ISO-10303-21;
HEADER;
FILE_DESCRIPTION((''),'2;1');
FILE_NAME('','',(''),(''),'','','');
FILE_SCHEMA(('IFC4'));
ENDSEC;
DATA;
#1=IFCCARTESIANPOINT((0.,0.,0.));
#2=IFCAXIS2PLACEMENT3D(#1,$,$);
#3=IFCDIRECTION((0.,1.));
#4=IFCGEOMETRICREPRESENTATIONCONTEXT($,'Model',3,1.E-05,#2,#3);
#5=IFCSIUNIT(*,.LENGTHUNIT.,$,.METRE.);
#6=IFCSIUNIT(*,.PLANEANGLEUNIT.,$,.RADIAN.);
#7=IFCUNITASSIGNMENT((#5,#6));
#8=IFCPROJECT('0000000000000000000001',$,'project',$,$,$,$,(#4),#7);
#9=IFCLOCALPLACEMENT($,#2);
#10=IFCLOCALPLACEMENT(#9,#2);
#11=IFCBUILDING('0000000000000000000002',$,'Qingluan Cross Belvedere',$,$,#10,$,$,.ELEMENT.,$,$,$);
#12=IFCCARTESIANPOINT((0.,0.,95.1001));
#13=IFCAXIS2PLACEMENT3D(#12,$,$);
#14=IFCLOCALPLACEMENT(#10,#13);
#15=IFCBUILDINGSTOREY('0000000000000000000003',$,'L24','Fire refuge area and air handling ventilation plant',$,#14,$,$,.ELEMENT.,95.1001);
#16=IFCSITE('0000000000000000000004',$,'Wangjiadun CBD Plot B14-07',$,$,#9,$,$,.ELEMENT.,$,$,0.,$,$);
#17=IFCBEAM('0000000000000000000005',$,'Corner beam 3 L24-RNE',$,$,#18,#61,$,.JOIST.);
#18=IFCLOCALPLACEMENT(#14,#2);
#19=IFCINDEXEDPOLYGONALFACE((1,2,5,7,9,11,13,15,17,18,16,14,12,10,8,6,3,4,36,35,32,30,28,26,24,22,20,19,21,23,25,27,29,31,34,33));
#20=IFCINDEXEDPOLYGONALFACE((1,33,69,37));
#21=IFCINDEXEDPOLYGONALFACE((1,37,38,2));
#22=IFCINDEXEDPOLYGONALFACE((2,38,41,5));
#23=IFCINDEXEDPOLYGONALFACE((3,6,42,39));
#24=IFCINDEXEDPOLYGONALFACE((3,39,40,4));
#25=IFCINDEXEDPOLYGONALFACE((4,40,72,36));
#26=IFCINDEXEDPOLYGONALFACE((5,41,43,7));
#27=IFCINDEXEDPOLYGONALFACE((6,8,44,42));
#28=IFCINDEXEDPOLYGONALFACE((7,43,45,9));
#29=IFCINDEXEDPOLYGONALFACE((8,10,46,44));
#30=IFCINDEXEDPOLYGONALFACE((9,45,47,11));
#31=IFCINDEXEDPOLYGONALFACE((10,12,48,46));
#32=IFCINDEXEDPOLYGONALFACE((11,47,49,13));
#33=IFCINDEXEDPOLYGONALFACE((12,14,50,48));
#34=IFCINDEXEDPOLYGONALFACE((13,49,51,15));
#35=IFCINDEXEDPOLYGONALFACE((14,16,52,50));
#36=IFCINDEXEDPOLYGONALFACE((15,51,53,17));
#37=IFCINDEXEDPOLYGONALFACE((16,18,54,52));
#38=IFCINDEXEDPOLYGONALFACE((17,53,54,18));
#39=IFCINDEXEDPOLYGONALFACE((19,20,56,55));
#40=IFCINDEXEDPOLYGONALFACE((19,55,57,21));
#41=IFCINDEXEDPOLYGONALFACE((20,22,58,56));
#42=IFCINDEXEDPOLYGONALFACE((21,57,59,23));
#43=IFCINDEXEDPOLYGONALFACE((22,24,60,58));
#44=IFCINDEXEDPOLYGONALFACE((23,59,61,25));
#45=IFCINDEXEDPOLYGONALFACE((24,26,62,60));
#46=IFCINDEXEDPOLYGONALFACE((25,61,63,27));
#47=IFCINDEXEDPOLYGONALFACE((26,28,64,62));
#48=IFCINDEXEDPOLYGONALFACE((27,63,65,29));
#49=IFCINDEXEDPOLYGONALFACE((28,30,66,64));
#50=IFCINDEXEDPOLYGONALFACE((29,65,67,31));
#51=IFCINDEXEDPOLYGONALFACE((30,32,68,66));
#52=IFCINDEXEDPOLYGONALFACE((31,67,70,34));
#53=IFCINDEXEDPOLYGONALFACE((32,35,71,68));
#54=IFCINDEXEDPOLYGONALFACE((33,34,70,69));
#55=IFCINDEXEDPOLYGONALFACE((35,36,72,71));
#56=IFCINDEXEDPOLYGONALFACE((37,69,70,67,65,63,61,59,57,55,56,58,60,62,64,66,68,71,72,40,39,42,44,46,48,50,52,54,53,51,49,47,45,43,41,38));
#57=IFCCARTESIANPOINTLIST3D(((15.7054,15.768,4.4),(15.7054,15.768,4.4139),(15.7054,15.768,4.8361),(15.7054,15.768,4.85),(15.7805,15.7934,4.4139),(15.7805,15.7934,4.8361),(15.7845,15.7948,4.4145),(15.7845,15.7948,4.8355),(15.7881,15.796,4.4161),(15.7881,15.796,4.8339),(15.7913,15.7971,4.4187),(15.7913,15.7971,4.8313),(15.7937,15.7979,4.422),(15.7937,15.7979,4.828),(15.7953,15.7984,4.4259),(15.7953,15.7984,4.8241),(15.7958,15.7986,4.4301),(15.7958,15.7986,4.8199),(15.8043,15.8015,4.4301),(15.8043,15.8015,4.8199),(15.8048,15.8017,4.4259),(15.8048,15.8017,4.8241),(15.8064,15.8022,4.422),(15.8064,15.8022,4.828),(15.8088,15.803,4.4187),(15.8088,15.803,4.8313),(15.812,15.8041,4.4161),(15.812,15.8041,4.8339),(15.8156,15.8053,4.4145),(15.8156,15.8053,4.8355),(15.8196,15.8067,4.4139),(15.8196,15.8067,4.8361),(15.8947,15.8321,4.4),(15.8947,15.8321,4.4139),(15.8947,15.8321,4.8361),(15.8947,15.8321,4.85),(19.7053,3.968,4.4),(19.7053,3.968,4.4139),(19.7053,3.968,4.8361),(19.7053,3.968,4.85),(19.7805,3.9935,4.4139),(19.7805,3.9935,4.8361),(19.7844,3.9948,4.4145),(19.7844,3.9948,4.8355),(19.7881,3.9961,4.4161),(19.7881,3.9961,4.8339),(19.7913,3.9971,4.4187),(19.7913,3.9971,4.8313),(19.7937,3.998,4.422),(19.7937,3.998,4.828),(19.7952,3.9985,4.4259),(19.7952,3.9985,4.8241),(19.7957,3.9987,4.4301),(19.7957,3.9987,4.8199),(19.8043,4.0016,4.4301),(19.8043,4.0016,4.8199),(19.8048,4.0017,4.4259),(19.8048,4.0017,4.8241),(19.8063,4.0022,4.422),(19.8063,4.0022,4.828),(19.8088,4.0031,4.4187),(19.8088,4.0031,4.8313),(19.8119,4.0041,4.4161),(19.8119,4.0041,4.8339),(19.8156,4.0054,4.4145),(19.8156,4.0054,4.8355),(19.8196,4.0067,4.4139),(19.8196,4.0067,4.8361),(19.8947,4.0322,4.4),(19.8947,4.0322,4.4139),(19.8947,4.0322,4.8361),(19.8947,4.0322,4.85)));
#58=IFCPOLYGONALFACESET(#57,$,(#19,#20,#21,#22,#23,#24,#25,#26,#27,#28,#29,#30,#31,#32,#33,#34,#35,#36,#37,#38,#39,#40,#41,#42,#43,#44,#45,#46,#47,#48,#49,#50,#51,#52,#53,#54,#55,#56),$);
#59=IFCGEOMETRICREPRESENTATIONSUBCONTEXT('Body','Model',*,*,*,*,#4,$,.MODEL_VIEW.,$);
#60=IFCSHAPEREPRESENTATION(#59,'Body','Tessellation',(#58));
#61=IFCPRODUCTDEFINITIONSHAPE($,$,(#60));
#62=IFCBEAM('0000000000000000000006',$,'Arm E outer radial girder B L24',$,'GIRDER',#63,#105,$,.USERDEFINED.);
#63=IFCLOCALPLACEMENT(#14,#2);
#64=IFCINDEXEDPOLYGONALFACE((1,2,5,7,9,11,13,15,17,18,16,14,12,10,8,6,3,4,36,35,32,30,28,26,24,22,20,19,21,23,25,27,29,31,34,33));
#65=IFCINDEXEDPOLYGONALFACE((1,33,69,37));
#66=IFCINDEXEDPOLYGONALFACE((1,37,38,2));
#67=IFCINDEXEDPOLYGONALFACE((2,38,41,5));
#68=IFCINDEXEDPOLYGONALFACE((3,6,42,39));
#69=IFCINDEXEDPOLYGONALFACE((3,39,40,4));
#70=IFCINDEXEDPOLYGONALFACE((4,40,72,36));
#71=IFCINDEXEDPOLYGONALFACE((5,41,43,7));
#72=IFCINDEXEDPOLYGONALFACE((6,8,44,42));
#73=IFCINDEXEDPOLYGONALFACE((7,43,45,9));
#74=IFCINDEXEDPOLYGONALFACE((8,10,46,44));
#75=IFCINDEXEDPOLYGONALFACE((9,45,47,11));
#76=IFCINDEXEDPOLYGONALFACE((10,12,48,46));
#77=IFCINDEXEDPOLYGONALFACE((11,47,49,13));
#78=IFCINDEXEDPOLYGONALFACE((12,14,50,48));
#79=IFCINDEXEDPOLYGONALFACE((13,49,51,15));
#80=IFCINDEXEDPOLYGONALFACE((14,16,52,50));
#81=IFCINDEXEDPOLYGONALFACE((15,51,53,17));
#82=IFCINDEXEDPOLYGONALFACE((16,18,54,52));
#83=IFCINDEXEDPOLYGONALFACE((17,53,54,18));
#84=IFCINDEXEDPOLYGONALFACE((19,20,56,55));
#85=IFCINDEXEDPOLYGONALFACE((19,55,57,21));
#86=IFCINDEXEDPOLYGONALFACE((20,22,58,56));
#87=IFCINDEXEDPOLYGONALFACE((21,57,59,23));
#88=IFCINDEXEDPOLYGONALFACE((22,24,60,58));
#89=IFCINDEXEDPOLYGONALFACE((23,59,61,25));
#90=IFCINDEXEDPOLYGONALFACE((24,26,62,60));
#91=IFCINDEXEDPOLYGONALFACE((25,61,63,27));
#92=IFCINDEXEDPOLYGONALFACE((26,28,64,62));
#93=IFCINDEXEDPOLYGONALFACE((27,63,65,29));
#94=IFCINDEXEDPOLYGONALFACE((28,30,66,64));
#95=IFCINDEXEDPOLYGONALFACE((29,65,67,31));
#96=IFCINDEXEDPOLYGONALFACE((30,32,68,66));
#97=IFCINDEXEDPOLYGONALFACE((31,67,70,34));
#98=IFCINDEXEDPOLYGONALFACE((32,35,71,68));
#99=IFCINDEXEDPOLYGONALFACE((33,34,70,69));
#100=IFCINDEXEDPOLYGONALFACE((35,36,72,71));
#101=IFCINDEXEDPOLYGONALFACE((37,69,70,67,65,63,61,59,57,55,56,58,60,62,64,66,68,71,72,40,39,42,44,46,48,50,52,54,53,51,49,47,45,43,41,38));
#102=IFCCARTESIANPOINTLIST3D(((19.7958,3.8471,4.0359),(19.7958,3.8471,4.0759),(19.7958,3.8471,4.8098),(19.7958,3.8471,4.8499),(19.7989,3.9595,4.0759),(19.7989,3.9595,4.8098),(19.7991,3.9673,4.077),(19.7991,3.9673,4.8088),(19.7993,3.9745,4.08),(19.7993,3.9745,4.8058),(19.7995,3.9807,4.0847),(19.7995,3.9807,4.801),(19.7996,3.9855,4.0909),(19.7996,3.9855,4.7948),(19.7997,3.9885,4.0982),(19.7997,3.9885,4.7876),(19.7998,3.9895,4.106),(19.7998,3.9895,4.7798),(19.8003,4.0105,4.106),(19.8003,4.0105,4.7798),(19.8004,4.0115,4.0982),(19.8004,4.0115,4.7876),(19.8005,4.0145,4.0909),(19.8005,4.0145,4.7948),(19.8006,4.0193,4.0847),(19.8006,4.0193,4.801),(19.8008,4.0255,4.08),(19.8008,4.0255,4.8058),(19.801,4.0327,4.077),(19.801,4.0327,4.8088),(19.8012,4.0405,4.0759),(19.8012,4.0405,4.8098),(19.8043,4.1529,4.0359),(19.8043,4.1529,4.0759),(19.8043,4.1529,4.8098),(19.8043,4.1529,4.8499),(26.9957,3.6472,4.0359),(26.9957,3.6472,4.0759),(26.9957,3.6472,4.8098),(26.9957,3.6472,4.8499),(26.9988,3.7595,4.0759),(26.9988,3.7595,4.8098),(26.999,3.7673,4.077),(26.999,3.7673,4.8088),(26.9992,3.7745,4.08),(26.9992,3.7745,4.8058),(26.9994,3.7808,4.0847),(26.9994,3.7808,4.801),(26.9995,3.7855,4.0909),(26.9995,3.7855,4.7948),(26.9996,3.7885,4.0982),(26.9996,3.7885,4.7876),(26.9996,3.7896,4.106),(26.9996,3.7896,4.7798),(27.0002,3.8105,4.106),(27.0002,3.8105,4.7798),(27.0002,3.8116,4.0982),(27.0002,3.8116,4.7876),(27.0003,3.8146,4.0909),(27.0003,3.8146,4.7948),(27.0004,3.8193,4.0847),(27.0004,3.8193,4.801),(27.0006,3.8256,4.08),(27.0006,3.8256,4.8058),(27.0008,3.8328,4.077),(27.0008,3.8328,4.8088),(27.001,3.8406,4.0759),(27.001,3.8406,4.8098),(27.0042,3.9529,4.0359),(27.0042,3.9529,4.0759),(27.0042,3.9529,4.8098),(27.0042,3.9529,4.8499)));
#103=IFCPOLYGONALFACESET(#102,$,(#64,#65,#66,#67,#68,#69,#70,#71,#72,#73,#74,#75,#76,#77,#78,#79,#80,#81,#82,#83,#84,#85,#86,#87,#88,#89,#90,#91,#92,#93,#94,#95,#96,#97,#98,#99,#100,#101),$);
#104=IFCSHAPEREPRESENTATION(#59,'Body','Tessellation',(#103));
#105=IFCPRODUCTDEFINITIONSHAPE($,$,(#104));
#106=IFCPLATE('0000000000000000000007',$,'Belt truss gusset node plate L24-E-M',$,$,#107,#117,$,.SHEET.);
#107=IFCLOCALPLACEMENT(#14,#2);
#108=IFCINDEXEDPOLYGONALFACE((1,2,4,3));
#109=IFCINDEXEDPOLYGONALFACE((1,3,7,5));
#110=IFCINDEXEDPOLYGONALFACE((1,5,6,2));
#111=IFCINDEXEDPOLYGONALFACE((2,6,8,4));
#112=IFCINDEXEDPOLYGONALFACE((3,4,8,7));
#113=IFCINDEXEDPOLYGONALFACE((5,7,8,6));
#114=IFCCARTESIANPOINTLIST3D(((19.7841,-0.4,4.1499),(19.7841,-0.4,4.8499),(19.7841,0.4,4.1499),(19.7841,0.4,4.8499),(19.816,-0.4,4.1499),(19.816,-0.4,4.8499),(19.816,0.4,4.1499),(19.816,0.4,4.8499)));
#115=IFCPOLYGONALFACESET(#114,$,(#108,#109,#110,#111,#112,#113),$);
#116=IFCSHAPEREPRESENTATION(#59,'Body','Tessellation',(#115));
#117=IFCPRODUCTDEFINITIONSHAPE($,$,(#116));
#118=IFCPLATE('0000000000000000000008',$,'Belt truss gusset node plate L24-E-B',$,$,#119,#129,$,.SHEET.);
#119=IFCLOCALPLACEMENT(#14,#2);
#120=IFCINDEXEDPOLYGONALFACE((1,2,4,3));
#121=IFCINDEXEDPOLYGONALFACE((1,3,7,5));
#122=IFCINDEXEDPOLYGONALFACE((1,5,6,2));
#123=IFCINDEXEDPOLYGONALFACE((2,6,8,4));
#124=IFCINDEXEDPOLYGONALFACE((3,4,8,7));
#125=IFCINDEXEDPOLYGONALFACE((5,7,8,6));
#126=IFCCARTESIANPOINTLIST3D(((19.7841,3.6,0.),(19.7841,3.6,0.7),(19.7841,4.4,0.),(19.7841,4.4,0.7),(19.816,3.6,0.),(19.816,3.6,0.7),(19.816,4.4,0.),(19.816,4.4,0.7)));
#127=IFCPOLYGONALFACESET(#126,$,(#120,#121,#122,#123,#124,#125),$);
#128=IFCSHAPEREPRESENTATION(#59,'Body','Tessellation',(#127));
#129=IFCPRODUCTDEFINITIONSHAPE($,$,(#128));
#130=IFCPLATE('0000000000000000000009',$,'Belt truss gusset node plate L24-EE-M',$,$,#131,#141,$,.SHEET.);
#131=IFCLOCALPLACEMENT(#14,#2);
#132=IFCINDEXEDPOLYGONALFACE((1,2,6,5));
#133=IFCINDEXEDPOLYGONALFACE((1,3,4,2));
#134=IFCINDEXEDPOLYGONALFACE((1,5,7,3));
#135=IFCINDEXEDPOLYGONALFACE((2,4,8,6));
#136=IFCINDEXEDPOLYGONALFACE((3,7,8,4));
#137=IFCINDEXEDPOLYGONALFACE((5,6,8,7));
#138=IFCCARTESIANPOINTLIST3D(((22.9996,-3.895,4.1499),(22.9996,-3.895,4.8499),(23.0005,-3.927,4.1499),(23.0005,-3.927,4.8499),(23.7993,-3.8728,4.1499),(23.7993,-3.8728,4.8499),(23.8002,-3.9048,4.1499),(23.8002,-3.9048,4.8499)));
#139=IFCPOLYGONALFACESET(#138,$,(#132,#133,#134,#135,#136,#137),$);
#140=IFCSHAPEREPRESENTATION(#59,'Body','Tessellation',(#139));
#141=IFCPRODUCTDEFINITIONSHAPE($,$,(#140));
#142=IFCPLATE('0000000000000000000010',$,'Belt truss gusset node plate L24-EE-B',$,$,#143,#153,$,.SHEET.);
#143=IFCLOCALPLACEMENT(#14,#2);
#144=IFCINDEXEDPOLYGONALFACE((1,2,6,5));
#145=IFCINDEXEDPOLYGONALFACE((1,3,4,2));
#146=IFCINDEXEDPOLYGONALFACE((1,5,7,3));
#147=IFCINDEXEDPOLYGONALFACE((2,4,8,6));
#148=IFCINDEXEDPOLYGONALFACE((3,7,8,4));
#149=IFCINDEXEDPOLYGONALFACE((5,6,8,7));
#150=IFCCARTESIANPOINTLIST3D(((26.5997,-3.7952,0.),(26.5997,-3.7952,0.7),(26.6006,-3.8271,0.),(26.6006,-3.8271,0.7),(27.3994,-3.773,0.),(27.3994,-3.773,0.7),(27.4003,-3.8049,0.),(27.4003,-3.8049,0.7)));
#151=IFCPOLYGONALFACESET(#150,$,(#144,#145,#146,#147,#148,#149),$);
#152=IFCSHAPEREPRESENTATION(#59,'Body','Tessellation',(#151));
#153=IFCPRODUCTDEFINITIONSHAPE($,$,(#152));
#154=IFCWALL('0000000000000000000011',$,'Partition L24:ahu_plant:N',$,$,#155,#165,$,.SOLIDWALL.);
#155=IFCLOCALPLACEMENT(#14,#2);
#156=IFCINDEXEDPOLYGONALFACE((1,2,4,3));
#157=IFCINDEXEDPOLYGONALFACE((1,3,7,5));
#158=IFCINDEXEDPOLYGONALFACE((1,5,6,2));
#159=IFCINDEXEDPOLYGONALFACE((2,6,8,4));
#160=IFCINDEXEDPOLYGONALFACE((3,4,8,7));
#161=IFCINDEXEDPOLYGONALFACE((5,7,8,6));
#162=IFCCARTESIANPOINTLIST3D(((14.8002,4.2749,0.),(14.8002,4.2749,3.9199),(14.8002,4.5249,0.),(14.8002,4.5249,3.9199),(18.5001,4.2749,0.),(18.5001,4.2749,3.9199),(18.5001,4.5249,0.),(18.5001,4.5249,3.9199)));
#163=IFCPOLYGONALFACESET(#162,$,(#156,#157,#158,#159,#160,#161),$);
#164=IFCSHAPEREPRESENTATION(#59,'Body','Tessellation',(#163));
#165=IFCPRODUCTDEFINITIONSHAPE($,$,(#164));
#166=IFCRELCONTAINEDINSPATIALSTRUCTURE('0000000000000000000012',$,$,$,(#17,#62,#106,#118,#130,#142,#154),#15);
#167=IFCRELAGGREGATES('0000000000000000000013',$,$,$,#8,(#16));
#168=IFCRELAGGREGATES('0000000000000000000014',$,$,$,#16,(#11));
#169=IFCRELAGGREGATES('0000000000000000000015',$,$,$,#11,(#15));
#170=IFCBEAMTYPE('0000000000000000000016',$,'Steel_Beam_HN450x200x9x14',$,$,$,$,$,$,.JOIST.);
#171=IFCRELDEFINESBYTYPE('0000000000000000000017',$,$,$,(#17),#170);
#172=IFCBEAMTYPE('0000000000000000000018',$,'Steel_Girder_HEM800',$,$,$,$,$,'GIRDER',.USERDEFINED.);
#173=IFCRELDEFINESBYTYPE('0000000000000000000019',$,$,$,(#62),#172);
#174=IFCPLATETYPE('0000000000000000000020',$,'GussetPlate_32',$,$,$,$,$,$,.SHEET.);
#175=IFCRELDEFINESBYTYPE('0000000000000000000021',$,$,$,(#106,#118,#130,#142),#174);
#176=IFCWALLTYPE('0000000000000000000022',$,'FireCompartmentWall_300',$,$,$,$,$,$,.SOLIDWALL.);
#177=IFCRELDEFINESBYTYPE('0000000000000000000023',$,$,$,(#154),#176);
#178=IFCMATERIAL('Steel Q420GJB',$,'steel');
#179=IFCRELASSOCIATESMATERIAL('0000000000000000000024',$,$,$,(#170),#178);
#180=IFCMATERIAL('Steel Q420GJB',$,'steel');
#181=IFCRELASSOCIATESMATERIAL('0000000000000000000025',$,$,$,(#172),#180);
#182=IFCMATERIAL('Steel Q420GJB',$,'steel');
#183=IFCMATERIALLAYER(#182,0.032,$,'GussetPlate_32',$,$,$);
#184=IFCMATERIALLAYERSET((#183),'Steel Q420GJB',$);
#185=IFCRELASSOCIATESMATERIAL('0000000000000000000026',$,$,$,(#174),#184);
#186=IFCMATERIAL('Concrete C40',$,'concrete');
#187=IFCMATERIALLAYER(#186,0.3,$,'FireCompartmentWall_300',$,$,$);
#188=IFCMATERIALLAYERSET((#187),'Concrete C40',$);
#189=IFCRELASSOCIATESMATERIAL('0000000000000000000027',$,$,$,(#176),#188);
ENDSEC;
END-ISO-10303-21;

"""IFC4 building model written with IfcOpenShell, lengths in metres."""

from ifc_helpers import new_model, si_unit, direction, frame, frame_2d, origin, origin_2d, place, context, subcontext, project, spatial, rectangle, i_section, extrude, material, layer, layer_set, material_profile, profile_set, type_object, element, save


model = new_model("IFC4")

# Units and contexts
model_context = context("Model", 3, precision=1e-05, world=origin(), true_north=direction((0.0, 1.0)))
body_context = subcontext(model_context, "Body", "Model", "MODEL_VIEW")
ifc_project = project(units=[si_unit("LENGTHUNIT", "METRE"), si_unit("PLANEANGLEUNIT", "RADIAN")], contexts=[model_context])

# Site, building, storey
site_placement = place(None, origin())
site = spatial("IfcSite", under=ifc_project, at=site_placement, Name="Wangjiadun CBD Plot B14-07", CompositionType="ELEMENT", RefElevation=0.0)
building_placement = place(site_placement, origin())
building = spatial("IfcBuilding", under=site, at=building_placement, Name="Qingluan Cross Belvedere", CompositionType="ELEMENT")
storey_placement = place(building_placement, frame((0.0, 0.0, 95.1001)))
storey = spatial("IfcBuildingStorey", under=building, at=storey_placement, Name="L24", Description="Fire refuge area and air handling ventilation plant", CompositionType="ELEMENT", Elevation=95.1001)

# Beams
ifc_material_1 = material(Name="Steel Q420GJB", Category="steel")
ifc_material_profile_1 = material_profile(ifc_material_1, i_section(OverallWidth=0.2, OverallDepth=0.45, WebThickness=0.009, FlangeThickness=0.0139, FilletRadius=0.0161, at=origin_2d()), Name="HN450x200x9x14")
ifc_profile_set_1 = profile_set([ifc_material_profile_1], Name="Steel Q420GJB")
beam_type_1 = type_object("IfcBeamType", Name="Steel_Beam_HN450x200x9x14", PredefinedType="JOIST", material=ifc_profile_set_1)
for number, where, z_axis, x_axis, name in (
    (1, (15.8, 15.8, 4.625), (0.321038, -0.947066, 0.0), (0.947066, 0.321038, 0.0), "Corner beam 3 L24-RNE"),
):
    element("IfcBeam", number, at=place(storey_placement, frame(where, z_axis=z_axis, x_axis=x_axis)), inside=storey, type_object=beam_type_1, Name=name, PredefinedType="JOIST", context=body_context, shape_type="SweptSolid", body=[
        extrude(i_section(OverallWidth=0.2, OverallDepth=0.45, WebThickness=0.009, FlangeThickness=0.0139, FilletRadius=0.0161, at=origin_2d()), origin(), (0.0, 0.0, 1.0), 12.4595),
    ])
ifc_material_2 = material(Name="Steel Q420GJB", Category="steel")
ifc_material_profile_2 = material_profile(ifc_material_2, i_section(OverallWidth=0.3059, OverallDepth=0.814, WebThickness=0.021, FlangeThickness=0.04, FilletRadius=0.03, at=origin_2d()), Name="HEM800")
ifc_profile_set_2 = profile_set([ifc_material_profile_2], Name="Steel Q420GJB")
beam_type_2 = type_object("IfcBeamType", Name="Steel_Girder_HEM800", ElementType="GIRDER", PredefinedType="USERDEFINED", material=ifc_profile_set_2)
beam_1_placement = place(storey_placement, frame((19.8, 4.0, 4.4429), z_axis=(0.999615, -0.02776, 0.0), x_axis=(0.02776, 0.999615, 0.0)))
element("IfcBeam", 2, at=beam_1_placement, inside=storey, type_object=beam_type_2, Name="Arm E outer radial girder B L24", ObjectType="GIRDER", PredefinedType="USERDEFINED", context=body_context, shape_type="SweptSolid", body=[
    extrude(i_section(OverallWidth=0.3059, OverallDepth=0.814, WebThickness=0.021, FlangeThickness=0.04, FilletRadius=0.03, at=origin_2d()), origin(), (0.0, 0.0, 1.0), 7.2026),
])

# Plates
ifc_material_3 = material(Name="Steel Q420GJB", Category="steel")
ifc_layer_1 = layer(ifc_material_3, 0.032, Name="GussetPlate_32")
ifc_layer_set_1 = layer_set([ifc_layer_1], Name="Steel Q420GJB")
plate_type = type_object("IfcPlateType", Name="GussetPlate_32", PredefinedType="SHEET", material=ifc_layer_set_1)
for number, where, z_axis, x_axis, name in (
    (3, (19.8, 0.0, 4.1499), (0.0, 0.0, 1.0), (0.0, 1.0, 0.0), "Belt truss gusset node plate L24-E-M"),
    (4, (19.8, 4.0, 0.0), (0.0, 0.0, 1.0), (0.0, 1.0, 0.0), "Belt truss gusset node plate L24-E-B"),
    (5, (23.3999, -3.8999, 4.1499), (0.0, 0.0, 1.0), (0.999614, 0.027767, 0.0), "Belt truss gusset node plate L24-EE-M"),
    (6, (27.0, -3.8, 0.0), (0.0, 0.0, 1.0), (0.999614, 0.027767, 0.0), "Belt truss gusset node plate L24-EE-B"),
):
    element("IfcPlate", number, at=place(storey_placement, frame(where, z_axis=z_axis, x_axis=x_axis)), inside=storey, type_object=plate_type, Name=name, PredefinedType="SHEET", context=body_context, shape_type="SweptSolid", body=[
        extrude(rectangle(XDim=0.8, YDim=0.032, at=origin_2d()), origin(), (0.0, 0.0, 1.0), 0.7),
    ])

# Wall
ifc_material_4 = material(Name="Concrete C40", Category="concrete")
ifc_layer_2 = layer(ifc_material_4, 0.3, Name="FireCompartmentWall_300")
ifc_layer_set_2 = layer_set([ifc_layer_2], Name="Concrete C40")
wall_type_1 = type_object("IfcWallType", Name="FireCompartmentWall_300", PredefinedType="SOLIDWALL", material=ifc_layer_set_2)
wall_1_placement = place(storey_placement, frame((14.8, 4.3999, 0.0), z_axis=(0.0, 0.0, 1.0), x_axis=(1.0, 0.0, 0.0)))
element("IfcWall", 7, at=wall_1_placement, inside=storey, type_object=wall_type_1, Name="Partition L24:ahu_plant:N", PredefinedType="SOLIDWALL", context=body_context, shape_type="SweptSolid", body=[
    extrude(rectangle(XDim=3.7, YDim=0.25, at=frame_2d((1.8501, 0.0))), origin(), (0.0, 0.0, 1.0), 3.9199),
])

save(model, "model.ifc")
